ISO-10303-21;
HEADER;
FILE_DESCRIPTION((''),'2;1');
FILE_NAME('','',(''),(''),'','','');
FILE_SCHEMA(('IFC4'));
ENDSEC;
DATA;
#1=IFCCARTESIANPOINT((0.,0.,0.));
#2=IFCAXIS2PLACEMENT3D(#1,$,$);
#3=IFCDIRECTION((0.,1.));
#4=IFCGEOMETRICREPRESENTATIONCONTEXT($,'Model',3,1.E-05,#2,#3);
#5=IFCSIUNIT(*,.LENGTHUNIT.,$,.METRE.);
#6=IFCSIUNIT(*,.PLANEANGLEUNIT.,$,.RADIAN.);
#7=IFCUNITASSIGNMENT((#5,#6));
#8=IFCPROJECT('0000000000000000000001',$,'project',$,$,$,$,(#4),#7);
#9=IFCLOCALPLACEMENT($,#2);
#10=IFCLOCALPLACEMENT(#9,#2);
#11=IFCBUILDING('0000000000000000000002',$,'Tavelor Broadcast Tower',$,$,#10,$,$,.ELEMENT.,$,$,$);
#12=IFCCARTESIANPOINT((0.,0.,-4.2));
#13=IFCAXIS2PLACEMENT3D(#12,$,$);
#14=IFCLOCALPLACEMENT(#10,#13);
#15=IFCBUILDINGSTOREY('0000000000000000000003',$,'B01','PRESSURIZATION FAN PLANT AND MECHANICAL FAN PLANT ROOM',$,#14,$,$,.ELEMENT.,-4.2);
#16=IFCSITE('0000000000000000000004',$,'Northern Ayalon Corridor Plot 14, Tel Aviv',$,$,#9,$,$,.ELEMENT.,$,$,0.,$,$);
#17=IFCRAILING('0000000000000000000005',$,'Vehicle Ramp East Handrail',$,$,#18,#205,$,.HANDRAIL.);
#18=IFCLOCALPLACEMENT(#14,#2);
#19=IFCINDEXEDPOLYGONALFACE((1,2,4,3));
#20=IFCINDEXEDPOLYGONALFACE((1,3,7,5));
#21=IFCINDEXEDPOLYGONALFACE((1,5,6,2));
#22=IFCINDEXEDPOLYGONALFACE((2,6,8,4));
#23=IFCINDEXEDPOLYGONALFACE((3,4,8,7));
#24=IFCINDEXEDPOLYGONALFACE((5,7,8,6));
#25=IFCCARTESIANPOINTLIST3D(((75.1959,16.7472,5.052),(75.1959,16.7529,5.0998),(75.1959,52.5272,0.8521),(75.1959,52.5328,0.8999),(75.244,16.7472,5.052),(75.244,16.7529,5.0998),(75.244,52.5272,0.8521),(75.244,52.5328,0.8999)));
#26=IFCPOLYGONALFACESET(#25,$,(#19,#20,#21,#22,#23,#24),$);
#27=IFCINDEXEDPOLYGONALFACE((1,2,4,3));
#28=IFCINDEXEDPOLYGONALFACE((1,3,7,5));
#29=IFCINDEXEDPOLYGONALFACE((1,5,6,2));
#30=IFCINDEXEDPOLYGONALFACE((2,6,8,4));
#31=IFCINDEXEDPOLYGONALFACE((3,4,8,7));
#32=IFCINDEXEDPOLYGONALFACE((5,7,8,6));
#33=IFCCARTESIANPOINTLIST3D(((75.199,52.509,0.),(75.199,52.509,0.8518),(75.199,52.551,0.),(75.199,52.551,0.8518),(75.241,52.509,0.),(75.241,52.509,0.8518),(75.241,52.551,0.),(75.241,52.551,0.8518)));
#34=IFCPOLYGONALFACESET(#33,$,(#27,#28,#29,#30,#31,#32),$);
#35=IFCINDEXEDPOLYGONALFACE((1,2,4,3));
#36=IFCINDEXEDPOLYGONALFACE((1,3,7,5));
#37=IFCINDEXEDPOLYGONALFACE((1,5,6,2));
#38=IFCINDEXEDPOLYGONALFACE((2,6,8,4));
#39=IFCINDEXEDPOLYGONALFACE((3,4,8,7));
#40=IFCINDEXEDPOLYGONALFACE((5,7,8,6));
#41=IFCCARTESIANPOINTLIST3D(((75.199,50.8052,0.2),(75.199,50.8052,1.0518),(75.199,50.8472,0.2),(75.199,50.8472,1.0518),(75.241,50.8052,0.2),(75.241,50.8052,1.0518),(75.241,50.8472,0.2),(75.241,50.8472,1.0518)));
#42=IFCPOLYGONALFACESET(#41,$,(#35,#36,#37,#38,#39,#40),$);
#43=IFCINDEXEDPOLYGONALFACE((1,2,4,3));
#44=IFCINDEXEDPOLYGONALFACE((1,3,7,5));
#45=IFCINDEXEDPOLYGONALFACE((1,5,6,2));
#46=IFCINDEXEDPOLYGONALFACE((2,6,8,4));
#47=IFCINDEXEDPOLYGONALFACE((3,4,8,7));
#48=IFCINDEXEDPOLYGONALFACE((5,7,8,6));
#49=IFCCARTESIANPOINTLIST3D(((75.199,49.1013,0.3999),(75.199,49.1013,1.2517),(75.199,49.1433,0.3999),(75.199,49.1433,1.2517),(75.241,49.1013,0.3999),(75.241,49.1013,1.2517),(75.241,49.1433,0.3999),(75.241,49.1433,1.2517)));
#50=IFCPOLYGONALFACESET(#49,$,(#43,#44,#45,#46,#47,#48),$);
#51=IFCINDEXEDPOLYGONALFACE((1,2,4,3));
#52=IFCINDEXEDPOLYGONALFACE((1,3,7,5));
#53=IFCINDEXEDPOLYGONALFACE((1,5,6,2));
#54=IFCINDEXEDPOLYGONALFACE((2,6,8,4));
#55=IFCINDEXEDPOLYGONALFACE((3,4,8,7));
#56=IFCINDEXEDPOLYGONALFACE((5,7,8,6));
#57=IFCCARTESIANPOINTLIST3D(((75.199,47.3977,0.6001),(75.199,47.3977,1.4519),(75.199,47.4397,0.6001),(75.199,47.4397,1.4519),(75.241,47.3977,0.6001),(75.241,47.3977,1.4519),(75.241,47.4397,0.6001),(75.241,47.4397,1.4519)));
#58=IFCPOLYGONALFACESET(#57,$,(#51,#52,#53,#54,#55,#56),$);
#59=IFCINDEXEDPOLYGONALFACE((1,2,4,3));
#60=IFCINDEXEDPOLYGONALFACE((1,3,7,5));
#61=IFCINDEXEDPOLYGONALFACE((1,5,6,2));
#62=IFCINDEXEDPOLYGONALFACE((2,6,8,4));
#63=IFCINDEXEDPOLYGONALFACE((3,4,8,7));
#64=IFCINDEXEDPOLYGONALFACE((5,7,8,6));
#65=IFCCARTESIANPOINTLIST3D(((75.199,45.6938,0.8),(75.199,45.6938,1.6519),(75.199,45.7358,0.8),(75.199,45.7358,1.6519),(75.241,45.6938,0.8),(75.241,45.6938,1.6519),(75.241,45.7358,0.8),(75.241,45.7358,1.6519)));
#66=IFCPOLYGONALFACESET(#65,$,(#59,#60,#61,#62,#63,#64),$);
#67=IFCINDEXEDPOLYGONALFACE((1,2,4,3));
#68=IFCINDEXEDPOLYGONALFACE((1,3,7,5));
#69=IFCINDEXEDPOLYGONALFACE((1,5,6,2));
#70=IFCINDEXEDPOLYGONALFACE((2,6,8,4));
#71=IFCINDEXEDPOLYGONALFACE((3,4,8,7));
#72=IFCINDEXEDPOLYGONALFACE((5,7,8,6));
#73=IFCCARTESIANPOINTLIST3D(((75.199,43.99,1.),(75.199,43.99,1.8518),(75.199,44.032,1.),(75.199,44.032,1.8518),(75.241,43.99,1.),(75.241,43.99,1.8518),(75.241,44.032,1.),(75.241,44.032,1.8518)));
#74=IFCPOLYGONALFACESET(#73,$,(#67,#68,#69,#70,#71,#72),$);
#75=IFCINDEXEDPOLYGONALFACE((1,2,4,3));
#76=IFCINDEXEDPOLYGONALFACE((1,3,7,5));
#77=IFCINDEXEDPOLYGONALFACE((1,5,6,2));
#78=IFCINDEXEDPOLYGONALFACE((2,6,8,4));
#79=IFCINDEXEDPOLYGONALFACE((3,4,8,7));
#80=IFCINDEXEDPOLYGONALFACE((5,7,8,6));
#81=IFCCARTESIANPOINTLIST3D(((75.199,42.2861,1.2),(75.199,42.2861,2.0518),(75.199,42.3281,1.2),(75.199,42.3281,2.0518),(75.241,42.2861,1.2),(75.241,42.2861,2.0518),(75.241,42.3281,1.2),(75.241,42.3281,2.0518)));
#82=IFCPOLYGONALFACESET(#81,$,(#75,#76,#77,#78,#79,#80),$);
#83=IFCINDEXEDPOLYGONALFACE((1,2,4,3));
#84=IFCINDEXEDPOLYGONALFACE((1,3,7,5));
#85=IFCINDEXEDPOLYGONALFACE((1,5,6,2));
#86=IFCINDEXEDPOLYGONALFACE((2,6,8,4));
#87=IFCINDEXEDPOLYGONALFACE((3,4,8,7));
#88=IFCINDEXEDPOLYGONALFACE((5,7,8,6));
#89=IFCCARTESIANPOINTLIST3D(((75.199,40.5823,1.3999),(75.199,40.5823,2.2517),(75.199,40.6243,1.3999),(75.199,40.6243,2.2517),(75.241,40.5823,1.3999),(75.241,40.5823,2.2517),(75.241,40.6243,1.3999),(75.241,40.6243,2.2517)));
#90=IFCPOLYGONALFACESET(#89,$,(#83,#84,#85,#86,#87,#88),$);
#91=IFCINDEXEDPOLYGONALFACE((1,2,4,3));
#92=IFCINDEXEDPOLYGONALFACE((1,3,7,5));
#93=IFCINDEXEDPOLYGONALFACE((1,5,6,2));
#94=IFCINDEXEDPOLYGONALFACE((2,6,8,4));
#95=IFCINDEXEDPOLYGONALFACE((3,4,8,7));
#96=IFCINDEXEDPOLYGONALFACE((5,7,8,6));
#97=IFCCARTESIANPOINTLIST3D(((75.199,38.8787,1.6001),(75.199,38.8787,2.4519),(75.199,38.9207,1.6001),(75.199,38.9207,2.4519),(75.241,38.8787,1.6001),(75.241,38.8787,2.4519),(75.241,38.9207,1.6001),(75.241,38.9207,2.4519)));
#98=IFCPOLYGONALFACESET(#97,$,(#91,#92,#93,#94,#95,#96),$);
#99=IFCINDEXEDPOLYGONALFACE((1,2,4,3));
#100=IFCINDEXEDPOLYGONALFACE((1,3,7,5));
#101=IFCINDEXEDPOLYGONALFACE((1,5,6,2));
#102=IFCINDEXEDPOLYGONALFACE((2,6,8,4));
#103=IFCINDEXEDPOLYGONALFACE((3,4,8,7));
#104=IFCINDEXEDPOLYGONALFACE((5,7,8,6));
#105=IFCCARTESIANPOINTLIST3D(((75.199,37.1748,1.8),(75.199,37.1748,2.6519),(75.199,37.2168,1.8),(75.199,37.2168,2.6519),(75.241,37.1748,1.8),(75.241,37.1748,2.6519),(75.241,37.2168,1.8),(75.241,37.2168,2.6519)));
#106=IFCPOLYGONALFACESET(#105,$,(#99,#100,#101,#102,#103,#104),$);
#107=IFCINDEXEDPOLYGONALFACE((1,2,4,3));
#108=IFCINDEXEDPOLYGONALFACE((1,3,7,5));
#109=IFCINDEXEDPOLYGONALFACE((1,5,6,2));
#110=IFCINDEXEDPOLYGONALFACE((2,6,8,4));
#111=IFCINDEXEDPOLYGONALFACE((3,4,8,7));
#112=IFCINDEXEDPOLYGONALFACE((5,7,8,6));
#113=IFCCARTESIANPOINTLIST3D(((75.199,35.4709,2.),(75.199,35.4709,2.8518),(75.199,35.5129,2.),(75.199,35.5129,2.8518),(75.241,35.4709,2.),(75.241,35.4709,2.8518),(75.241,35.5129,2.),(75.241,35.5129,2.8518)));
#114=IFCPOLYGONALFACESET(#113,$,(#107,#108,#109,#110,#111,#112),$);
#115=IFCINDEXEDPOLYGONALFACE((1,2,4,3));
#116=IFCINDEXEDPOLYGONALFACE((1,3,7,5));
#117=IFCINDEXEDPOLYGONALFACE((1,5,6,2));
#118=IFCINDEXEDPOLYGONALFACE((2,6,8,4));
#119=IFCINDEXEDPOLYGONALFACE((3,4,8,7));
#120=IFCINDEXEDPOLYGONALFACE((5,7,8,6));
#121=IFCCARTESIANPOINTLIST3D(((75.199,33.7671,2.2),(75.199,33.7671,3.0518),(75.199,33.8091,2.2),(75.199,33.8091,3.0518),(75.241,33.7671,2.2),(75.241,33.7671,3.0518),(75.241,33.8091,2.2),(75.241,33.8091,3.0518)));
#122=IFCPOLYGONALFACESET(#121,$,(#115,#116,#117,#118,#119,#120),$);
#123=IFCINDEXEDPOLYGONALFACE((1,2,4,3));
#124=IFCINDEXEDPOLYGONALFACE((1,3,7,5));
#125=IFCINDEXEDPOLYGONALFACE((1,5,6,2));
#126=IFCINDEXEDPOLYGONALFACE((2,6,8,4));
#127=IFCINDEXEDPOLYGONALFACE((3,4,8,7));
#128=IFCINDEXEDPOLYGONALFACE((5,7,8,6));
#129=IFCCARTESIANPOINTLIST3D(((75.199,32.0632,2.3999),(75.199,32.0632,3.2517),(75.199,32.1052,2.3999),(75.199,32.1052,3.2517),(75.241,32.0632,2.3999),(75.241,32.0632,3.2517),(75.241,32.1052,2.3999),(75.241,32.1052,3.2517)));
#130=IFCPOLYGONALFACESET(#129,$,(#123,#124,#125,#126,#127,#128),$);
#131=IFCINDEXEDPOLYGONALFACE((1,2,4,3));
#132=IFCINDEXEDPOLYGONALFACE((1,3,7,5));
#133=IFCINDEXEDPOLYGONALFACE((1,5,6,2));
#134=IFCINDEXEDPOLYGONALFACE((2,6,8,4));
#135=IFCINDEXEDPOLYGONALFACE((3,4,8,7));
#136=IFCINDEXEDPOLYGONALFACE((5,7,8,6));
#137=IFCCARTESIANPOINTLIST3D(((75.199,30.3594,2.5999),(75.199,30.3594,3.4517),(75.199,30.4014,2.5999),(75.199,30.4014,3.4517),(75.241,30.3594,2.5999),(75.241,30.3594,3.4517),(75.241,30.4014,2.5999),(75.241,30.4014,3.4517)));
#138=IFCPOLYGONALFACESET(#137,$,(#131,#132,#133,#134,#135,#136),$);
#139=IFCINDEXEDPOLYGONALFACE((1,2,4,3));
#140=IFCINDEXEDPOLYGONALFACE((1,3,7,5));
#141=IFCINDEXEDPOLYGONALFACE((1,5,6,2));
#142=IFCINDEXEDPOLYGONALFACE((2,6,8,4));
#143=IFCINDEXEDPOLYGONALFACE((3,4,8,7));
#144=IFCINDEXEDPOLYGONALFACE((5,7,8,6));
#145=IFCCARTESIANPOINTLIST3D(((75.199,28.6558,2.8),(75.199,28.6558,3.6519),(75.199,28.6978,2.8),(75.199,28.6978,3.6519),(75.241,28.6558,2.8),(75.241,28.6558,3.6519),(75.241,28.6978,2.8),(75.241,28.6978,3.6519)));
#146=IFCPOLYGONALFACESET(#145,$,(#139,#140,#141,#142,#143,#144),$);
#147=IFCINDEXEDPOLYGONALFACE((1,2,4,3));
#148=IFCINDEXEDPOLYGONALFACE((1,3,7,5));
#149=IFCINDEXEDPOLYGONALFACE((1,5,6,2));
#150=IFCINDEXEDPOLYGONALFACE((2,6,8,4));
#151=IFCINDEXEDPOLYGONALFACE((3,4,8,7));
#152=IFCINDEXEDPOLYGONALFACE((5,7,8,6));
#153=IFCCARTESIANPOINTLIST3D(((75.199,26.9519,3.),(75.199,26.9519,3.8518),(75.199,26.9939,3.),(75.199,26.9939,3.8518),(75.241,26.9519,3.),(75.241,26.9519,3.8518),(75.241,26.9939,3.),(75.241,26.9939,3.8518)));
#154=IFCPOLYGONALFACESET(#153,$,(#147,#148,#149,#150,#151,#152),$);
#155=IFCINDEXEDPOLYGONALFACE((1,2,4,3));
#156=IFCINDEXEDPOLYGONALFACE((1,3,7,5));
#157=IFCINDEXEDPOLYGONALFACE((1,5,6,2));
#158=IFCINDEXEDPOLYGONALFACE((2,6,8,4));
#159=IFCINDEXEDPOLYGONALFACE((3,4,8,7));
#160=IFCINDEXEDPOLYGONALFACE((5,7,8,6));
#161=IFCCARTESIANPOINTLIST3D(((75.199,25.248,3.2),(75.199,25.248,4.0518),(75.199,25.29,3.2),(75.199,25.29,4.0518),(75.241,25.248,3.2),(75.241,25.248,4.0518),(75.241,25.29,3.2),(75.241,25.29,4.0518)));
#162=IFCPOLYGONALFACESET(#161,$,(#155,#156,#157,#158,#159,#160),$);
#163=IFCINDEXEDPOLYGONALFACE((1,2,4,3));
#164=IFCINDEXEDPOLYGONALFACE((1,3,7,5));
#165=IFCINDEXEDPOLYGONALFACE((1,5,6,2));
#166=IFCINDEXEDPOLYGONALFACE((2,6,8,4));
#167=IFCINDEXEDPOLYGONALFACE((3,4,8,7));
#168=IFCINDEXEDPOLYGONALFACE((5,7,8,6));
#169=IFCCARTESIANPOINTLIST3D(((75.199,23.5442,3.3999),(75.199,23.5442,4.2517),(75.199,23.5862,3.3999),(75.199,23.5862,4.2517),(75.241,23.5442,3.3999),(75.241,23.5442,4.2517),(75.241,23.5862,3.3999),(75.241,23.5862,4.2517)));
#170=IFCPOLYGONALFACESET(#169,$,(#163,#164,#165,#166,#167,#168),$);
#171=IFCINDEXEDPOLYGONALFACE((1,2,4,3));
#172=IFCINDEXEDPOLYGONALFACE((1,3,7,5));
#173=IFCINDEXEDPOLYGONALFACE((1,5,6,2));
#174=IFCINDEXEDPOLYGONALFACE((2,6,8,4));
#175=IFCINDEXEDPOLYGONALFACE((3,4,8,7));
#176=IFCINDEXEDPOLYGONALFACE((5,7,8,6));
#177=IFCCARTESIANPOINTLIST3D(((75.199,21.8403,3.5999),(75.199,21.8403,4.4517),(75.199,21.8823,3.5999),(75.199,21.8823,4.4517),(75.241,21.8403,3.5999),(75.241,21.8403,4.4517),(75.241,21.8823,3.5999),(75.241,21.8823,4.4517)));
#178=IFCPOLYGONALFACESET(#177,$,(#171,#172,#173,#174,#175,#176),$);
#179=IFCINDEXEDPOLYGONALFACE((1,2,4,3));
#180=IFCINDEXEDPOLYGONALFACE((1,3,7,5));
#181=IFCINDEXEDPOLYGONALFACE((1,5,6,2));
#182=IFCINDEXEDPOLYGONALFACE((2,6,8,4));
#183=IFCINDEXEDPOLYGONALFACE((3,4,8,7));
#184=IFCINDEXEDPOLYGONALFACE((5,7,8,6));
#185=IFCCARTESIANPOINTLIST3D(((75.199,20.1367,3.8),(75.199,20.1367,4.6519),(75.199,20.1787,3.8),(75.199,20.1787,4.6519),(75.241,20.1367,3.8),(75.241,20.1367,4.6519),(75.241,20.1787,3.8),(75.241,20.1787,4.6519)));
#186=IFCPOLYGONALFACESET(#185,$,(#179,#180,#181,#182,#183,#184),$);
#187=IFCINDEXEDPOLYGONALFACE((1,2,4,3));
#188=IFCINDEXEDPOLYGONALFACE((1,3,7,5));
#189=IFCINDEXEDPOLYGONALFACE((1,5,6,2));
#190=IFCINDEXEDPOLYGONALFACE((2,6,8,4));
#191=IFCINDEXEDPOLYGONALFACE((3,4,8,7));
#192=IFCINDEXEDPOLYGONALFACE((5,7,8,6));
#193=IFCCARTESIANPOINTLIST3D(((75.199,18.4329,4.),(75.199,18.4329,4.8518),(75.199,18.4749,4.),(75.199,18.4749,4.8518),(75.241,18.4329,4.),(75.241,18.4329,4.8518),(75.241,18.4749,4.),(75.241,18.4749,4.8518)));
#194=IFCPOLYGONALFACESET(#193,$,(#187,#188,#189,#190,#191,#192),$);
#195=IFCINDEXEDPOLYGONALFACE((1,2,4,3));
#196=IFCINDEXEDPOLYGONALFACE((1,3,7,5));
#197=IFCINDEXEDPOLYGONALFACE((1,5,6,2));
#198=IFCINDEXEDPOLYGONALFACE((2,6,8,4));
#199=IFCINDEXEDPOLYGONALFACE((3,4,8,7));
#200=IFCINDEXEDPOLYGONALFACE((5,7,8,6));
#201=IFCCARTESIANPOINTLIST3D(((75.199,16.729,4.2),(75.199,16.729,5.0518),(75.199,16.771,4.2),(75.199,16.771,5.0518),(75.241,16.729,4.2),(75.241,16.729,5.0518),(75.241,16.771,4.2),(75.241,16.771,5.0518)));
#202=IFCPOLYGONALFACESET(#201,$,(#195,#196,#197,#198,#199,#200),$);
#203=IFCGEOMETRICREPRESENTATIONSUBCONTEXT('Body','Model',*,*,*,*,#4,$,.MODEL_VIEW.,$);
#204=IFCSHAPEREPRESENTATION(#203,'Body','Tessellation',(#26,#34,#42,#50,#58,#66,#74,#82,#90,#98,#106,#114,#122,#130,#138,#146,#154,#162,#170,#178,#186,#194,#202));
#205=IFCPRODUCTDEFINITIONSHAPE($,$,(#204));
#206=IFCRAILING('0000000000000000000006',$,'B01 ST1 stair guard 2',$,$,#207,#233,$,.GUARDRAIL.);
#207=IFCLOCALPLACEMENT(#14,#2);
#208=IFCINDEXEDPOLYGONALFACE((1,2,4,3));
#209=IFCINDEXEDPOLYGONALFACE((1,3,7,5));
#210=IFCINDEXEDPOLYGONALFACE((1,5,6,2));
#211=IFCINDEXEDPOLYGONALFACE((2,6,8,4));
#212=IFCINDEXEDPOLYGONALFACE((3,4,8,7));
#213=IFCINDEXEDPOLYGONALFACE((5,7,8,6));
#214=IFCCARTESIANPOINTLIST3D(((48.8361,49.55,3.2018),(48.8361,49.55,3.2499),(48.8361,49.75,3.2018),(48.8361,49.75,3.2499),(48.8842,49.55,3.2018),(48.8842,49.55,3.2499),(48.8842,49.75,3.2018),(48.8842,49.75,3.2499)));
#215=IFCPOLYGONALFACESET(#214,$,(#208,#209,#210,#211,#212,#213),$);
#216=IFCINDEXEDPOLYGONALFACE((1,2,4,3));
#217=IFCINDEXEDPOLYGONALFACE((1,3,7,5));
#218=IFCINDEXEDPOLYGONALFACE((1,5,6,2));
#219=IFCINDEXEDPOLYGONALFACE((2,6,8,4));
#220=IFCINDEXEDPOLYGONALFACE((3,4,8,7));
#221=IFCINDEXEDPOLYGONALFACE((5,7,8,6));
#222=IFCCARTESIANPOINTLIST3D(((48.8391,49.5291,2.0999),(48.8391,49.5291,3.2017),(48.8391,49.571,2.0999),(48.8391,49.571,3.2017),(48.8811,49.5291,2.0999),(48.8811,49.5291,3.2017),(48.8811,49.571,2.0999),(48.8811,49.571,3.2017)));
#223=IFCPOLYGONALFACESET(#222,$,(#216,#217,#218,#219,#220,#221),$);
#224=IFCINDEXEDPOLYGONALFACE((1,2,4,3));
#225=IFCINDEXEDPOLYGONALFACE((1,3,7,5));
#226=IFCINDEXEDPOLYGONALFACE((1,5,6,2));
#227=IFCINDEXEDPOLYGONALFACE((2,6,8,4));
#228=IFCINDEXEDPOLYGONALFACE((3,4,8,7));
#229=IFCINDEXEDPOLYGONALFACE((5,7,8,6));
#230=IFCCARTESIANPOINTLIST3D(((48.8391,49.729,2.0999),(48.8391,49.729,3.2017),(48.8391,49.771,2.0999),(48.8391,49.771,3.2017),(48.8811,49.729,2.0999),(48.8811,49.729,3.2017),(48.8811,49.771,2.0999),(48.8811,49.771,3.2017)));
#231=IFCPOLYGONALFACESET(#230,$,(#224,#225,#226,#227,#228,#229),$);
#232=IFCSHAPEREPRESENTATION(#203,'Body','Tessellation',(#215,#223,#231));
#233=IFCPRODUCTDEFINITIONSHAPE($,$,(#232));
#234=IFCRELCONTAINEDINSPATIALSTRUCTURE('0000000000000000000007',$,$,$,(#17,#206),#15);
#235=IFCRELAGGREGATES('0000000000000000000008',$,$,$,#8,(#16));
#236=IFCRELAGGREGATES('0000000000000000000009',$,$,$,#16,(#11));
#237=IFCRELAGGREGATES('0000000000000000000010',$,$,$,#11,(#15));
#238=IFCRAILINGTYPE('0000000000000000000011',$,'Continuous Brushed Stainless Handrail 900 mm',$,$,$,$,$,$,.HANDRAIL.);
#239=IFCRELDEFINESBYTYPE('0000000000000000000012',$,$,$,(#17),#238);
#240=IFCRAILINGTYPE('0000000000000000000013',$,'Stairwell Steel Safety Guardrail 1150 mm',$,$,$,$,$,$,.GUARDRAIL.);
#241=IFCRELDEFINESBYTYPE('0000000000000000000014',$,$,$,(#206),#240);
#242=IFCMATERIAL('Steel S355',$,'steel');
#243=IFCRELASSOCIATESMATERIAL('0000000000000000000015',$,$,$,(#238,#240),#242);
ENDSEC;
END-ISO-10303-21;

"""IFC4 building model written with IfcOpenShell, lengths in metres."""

from ifc_helpers import new_model, si_unit, direction, frame, origin, origin_2d, place, context, subcontext, project, spatial, rectangle, extrude, material, type_object, element, save


model = new_model("IFC4")

# Units and contexts
model_context = context("Model", 3, precision=1e-05, world=origin(), true_north=direction((0.0, 1.0)))
body_context = subcontext(model_context, "Body", "Model", "MODEL_VIEW")
ifc_project = project(units=[si_unit("LENGTHUNIT", "METRE"), si_unit("PLANEANGLEUNIT", "RADIAN")], contexts=[model_context])

# Site, building, storey
site_placement = place(None, origin())
site = spatial("IfcSite", under=ifc_project, at=site_placement, Name="Northern Ayalon Corridor Plot 14, Tel Aviv", CompositionType="ELEMENT", RefElevation=0.0)
building_placement = place(site_placement, origin())
building = spatial("IfcBuilding", under=site, at=building_placement, Name="Tavelor Broadcast Tower", CompositionType="ELEMENT")
storey_placement = place(building_placement, frame((0.0, 0.0, -4.2)))
storey = spatial("IfcBuildingStorey", under=building, at=storey_placement, Name="B01", Description="PRESSURIZATION FAN PLANT AND MECHANICAL FAN PLANT ROOM", CompositionType="ELEMENT", Elevation=-4.2)

# Shared definitions
ifc_material_1 = material(Name="Steel S355", Category="steel")

# Railings
railing_type_1 = type_object("IfcRailingType", Name="Continuous Brushed Stainless Handrail 900 mm", PredefinedType="HANDRAIL", material=ifc_material_1)
railing_1_placement = place(storey_placement, frame((75.22, 52.53, 0.0)))
element("IfcRailing", 1, at=railing_1_placement, inside=storey, type_object=railing_type_1, Name="Vehicle Ramp East Handrail", PredefinedType="HANDRAIL", context=body_context, shape_type="SweptSolid", body=[
    extrude(rectangle(XDim=0.0481, YDim=0.0481, at=origin_2d()), frame((0.0, 0.0, 0.876), z_axis=(0.0, -0.993181, 0.116582), x_axis=(1.0, 0.0, 0.0)), (0.0, 0.0, 1.0), 36.0256),
    extrude(rectangle(XDim=0.042, YDim=0.042, at=origin_2d()), origin(), (0.0, 0.0, 1.0), 0.8518),
    extrude(rectangle(XDim=0.042, YDim=0.042, at=origin_2d()), frame((0.0, -1.7039, 0.2)), (0.0, 0.0, 1.0), 0.8518),
    extrude(rectangle(XDim=0.042, YDim=0.042, at=origin_2d()), frame((0.0, -3.4077, 0.3999)), (0.0, 0.0, 1.0), 0.8518),
    extrude(rectangle(XDim=0.042, YDim=0.042, at=origin_2d()), frame((0.0, -5.1113, 0.6001)), (0.0, 0.0, 1.0), 0.8518),
    extrude(rectangle(XDim=0.042, YDim=0.042, at=origin_2d()), frame((0.0, -6.8152, 0.8)), (0.0, 0.0, 1.0), 0.8518),
    extrude(rectangle(XDim=0.042, YDim=0.042, at=origin_2d()), frame((0.0, -8.519, 1.0)), (0.0, 0.0, 1.0), 0.8518),
    extrude(rectangle(XDim=0.042, YDim=0.042, at=origin_2d()), frame((0.0, -10.2229, 1.2)), (0.0, 0.0, 1.0), 0.8518),
    extrude(rectangle(XDim=0.042, YDim=0.042, at=origin_2d()), frame((0.0, -11.9268, 1.3999)), (0.0, 0.0, 1.0), 0.8518),
    extrude(rectangle(XDim=0.042, YDim=0.042, at=origin_2d()), frame((0.0, -13.6304, 1.6001)), (0.0, 0.0, 1.0), 0.8518),
    extrude(rectangle(XDim=0.042, YDim=0.042, at=origin_2d()), frame((0.0, -15.3342, 1.8)), (0.0, 0.0, 1.0), 0.8518),
    extrude(rectangle(XDim=0.042, YDim=0.042, at=origin_2d()), frame((0.0, -17.0381, 2.0)), (0.0, 0.0, 1.0), 0.8518),
    extrude(rectangle(XDim=0.042, YDim=0.042, at=origin_2d()), frame((0.0, -18.7419, 2.2)), (0.0, 0.0, 1.0), 0.8518),
    extrude(rectangle(XDim=0.042, YDim=0.042, at=origin_2d()), frame((0.0, -20.4458, 2.3999)), (0.0, 0.0, 1.0), 0.8518),
    extrude(rectangle(XDim=0.042, YDim=0.042, at=origin_2d()), frame((0.0, -22.1497, 2.5999)), (0.0, 0.0, 1.0), 0.8518),
    extrude(rectangle(XDim=0.042, YDim=0.042, at=origin_2d()), frame((0.0, -23.8533, 2.8)), (0.0, 0.0, 1.0), 0.8518),
    extrude(rectangle(XDim=0.042, YDim=0.042, at=origin_2d()), frame((0.0, -25.5571, 3.0)), (0.0, 0.0, 1.0), 0.8518),
    extrude(rectangle(XDim=0.042, YDim=0.042, at=origin_2d()), frame((0.0, -27.261, 3.2)), (0.0, 0.0, 1.0), 0.8518),
    extrude(rectangle(XDim=0.042, YDim=0.042, at=origin_2d()), frame((0.0, -28.9648, 3.3999)), (0.0, 0.0, 1.0), 0.8518),
    extrude(rectangle(XDim=0.042, YDim=0.042, at=origin_2d()), frame((0.0, -30.6687, 3.5999)), (0.0, 0.0, 1.0), 0.8518),
    extrude(rectangle(XDim=0.042, YDim=0.042, at=origin_2d()), frame((0.0, -32.3723, 3.8)), (0.0, 0.0, 1.0), 0.8518),
    extrude(rectangle(XDim=0.042, YDim=0.042, at=origin_2d()), frame((0.0, -34.0762, 4.0)), (0.0, 0.0, 1.0), 0.8518),
    extrude(rectangle(XDim=0.042, YDim=0.042, at=origin_2d()), frame((0.0, -35.78, 4.2)), (0.0, 0.0, 1.0), 0.8518),
])
railing_type_2 = type_object("IfcRailingType", Name="Stairwell Steel Safety Guardrail 1150 mm", PredefinedType="GUARDRAIL", material=ifc_material_1)
railing_2_placement = place(storey_placement, frame((48.8601, 49.55, 2.0999)))
element("IfcRailing", 2, at=railing_2_placement, inside=storey, type_object=railing_type_2, Name="B01 ST1 stair guard 2", PredefinedType="GUARDRAIL", context=body_context, shape_type="SweptSolid", body=[
    extrude(rectangle(XDim=0.0481, YDim=0.0481, at=origin_2d()), frame((0.0, 0.0, 1.126), z_axis=(0.0, 1.0, 0.0), x_axis=(-1.0, 0.0, 0.0)), (0.0, 0.0, 1.0), 0.2),
    extrude(rectangle(XDim=0.042, YDim=0.042, at=origin_2d()), origin(), (0.0, 0.0, 1.0), 1.1018),
    extrude(rectangle(XDim=0.042, YDim=0.042, at=origin_2d()), frame((0.0, 0.2, 0.0)), (0.0, 0.0, 1.0), 1.1018),
])

save(model, "model.ifc")
